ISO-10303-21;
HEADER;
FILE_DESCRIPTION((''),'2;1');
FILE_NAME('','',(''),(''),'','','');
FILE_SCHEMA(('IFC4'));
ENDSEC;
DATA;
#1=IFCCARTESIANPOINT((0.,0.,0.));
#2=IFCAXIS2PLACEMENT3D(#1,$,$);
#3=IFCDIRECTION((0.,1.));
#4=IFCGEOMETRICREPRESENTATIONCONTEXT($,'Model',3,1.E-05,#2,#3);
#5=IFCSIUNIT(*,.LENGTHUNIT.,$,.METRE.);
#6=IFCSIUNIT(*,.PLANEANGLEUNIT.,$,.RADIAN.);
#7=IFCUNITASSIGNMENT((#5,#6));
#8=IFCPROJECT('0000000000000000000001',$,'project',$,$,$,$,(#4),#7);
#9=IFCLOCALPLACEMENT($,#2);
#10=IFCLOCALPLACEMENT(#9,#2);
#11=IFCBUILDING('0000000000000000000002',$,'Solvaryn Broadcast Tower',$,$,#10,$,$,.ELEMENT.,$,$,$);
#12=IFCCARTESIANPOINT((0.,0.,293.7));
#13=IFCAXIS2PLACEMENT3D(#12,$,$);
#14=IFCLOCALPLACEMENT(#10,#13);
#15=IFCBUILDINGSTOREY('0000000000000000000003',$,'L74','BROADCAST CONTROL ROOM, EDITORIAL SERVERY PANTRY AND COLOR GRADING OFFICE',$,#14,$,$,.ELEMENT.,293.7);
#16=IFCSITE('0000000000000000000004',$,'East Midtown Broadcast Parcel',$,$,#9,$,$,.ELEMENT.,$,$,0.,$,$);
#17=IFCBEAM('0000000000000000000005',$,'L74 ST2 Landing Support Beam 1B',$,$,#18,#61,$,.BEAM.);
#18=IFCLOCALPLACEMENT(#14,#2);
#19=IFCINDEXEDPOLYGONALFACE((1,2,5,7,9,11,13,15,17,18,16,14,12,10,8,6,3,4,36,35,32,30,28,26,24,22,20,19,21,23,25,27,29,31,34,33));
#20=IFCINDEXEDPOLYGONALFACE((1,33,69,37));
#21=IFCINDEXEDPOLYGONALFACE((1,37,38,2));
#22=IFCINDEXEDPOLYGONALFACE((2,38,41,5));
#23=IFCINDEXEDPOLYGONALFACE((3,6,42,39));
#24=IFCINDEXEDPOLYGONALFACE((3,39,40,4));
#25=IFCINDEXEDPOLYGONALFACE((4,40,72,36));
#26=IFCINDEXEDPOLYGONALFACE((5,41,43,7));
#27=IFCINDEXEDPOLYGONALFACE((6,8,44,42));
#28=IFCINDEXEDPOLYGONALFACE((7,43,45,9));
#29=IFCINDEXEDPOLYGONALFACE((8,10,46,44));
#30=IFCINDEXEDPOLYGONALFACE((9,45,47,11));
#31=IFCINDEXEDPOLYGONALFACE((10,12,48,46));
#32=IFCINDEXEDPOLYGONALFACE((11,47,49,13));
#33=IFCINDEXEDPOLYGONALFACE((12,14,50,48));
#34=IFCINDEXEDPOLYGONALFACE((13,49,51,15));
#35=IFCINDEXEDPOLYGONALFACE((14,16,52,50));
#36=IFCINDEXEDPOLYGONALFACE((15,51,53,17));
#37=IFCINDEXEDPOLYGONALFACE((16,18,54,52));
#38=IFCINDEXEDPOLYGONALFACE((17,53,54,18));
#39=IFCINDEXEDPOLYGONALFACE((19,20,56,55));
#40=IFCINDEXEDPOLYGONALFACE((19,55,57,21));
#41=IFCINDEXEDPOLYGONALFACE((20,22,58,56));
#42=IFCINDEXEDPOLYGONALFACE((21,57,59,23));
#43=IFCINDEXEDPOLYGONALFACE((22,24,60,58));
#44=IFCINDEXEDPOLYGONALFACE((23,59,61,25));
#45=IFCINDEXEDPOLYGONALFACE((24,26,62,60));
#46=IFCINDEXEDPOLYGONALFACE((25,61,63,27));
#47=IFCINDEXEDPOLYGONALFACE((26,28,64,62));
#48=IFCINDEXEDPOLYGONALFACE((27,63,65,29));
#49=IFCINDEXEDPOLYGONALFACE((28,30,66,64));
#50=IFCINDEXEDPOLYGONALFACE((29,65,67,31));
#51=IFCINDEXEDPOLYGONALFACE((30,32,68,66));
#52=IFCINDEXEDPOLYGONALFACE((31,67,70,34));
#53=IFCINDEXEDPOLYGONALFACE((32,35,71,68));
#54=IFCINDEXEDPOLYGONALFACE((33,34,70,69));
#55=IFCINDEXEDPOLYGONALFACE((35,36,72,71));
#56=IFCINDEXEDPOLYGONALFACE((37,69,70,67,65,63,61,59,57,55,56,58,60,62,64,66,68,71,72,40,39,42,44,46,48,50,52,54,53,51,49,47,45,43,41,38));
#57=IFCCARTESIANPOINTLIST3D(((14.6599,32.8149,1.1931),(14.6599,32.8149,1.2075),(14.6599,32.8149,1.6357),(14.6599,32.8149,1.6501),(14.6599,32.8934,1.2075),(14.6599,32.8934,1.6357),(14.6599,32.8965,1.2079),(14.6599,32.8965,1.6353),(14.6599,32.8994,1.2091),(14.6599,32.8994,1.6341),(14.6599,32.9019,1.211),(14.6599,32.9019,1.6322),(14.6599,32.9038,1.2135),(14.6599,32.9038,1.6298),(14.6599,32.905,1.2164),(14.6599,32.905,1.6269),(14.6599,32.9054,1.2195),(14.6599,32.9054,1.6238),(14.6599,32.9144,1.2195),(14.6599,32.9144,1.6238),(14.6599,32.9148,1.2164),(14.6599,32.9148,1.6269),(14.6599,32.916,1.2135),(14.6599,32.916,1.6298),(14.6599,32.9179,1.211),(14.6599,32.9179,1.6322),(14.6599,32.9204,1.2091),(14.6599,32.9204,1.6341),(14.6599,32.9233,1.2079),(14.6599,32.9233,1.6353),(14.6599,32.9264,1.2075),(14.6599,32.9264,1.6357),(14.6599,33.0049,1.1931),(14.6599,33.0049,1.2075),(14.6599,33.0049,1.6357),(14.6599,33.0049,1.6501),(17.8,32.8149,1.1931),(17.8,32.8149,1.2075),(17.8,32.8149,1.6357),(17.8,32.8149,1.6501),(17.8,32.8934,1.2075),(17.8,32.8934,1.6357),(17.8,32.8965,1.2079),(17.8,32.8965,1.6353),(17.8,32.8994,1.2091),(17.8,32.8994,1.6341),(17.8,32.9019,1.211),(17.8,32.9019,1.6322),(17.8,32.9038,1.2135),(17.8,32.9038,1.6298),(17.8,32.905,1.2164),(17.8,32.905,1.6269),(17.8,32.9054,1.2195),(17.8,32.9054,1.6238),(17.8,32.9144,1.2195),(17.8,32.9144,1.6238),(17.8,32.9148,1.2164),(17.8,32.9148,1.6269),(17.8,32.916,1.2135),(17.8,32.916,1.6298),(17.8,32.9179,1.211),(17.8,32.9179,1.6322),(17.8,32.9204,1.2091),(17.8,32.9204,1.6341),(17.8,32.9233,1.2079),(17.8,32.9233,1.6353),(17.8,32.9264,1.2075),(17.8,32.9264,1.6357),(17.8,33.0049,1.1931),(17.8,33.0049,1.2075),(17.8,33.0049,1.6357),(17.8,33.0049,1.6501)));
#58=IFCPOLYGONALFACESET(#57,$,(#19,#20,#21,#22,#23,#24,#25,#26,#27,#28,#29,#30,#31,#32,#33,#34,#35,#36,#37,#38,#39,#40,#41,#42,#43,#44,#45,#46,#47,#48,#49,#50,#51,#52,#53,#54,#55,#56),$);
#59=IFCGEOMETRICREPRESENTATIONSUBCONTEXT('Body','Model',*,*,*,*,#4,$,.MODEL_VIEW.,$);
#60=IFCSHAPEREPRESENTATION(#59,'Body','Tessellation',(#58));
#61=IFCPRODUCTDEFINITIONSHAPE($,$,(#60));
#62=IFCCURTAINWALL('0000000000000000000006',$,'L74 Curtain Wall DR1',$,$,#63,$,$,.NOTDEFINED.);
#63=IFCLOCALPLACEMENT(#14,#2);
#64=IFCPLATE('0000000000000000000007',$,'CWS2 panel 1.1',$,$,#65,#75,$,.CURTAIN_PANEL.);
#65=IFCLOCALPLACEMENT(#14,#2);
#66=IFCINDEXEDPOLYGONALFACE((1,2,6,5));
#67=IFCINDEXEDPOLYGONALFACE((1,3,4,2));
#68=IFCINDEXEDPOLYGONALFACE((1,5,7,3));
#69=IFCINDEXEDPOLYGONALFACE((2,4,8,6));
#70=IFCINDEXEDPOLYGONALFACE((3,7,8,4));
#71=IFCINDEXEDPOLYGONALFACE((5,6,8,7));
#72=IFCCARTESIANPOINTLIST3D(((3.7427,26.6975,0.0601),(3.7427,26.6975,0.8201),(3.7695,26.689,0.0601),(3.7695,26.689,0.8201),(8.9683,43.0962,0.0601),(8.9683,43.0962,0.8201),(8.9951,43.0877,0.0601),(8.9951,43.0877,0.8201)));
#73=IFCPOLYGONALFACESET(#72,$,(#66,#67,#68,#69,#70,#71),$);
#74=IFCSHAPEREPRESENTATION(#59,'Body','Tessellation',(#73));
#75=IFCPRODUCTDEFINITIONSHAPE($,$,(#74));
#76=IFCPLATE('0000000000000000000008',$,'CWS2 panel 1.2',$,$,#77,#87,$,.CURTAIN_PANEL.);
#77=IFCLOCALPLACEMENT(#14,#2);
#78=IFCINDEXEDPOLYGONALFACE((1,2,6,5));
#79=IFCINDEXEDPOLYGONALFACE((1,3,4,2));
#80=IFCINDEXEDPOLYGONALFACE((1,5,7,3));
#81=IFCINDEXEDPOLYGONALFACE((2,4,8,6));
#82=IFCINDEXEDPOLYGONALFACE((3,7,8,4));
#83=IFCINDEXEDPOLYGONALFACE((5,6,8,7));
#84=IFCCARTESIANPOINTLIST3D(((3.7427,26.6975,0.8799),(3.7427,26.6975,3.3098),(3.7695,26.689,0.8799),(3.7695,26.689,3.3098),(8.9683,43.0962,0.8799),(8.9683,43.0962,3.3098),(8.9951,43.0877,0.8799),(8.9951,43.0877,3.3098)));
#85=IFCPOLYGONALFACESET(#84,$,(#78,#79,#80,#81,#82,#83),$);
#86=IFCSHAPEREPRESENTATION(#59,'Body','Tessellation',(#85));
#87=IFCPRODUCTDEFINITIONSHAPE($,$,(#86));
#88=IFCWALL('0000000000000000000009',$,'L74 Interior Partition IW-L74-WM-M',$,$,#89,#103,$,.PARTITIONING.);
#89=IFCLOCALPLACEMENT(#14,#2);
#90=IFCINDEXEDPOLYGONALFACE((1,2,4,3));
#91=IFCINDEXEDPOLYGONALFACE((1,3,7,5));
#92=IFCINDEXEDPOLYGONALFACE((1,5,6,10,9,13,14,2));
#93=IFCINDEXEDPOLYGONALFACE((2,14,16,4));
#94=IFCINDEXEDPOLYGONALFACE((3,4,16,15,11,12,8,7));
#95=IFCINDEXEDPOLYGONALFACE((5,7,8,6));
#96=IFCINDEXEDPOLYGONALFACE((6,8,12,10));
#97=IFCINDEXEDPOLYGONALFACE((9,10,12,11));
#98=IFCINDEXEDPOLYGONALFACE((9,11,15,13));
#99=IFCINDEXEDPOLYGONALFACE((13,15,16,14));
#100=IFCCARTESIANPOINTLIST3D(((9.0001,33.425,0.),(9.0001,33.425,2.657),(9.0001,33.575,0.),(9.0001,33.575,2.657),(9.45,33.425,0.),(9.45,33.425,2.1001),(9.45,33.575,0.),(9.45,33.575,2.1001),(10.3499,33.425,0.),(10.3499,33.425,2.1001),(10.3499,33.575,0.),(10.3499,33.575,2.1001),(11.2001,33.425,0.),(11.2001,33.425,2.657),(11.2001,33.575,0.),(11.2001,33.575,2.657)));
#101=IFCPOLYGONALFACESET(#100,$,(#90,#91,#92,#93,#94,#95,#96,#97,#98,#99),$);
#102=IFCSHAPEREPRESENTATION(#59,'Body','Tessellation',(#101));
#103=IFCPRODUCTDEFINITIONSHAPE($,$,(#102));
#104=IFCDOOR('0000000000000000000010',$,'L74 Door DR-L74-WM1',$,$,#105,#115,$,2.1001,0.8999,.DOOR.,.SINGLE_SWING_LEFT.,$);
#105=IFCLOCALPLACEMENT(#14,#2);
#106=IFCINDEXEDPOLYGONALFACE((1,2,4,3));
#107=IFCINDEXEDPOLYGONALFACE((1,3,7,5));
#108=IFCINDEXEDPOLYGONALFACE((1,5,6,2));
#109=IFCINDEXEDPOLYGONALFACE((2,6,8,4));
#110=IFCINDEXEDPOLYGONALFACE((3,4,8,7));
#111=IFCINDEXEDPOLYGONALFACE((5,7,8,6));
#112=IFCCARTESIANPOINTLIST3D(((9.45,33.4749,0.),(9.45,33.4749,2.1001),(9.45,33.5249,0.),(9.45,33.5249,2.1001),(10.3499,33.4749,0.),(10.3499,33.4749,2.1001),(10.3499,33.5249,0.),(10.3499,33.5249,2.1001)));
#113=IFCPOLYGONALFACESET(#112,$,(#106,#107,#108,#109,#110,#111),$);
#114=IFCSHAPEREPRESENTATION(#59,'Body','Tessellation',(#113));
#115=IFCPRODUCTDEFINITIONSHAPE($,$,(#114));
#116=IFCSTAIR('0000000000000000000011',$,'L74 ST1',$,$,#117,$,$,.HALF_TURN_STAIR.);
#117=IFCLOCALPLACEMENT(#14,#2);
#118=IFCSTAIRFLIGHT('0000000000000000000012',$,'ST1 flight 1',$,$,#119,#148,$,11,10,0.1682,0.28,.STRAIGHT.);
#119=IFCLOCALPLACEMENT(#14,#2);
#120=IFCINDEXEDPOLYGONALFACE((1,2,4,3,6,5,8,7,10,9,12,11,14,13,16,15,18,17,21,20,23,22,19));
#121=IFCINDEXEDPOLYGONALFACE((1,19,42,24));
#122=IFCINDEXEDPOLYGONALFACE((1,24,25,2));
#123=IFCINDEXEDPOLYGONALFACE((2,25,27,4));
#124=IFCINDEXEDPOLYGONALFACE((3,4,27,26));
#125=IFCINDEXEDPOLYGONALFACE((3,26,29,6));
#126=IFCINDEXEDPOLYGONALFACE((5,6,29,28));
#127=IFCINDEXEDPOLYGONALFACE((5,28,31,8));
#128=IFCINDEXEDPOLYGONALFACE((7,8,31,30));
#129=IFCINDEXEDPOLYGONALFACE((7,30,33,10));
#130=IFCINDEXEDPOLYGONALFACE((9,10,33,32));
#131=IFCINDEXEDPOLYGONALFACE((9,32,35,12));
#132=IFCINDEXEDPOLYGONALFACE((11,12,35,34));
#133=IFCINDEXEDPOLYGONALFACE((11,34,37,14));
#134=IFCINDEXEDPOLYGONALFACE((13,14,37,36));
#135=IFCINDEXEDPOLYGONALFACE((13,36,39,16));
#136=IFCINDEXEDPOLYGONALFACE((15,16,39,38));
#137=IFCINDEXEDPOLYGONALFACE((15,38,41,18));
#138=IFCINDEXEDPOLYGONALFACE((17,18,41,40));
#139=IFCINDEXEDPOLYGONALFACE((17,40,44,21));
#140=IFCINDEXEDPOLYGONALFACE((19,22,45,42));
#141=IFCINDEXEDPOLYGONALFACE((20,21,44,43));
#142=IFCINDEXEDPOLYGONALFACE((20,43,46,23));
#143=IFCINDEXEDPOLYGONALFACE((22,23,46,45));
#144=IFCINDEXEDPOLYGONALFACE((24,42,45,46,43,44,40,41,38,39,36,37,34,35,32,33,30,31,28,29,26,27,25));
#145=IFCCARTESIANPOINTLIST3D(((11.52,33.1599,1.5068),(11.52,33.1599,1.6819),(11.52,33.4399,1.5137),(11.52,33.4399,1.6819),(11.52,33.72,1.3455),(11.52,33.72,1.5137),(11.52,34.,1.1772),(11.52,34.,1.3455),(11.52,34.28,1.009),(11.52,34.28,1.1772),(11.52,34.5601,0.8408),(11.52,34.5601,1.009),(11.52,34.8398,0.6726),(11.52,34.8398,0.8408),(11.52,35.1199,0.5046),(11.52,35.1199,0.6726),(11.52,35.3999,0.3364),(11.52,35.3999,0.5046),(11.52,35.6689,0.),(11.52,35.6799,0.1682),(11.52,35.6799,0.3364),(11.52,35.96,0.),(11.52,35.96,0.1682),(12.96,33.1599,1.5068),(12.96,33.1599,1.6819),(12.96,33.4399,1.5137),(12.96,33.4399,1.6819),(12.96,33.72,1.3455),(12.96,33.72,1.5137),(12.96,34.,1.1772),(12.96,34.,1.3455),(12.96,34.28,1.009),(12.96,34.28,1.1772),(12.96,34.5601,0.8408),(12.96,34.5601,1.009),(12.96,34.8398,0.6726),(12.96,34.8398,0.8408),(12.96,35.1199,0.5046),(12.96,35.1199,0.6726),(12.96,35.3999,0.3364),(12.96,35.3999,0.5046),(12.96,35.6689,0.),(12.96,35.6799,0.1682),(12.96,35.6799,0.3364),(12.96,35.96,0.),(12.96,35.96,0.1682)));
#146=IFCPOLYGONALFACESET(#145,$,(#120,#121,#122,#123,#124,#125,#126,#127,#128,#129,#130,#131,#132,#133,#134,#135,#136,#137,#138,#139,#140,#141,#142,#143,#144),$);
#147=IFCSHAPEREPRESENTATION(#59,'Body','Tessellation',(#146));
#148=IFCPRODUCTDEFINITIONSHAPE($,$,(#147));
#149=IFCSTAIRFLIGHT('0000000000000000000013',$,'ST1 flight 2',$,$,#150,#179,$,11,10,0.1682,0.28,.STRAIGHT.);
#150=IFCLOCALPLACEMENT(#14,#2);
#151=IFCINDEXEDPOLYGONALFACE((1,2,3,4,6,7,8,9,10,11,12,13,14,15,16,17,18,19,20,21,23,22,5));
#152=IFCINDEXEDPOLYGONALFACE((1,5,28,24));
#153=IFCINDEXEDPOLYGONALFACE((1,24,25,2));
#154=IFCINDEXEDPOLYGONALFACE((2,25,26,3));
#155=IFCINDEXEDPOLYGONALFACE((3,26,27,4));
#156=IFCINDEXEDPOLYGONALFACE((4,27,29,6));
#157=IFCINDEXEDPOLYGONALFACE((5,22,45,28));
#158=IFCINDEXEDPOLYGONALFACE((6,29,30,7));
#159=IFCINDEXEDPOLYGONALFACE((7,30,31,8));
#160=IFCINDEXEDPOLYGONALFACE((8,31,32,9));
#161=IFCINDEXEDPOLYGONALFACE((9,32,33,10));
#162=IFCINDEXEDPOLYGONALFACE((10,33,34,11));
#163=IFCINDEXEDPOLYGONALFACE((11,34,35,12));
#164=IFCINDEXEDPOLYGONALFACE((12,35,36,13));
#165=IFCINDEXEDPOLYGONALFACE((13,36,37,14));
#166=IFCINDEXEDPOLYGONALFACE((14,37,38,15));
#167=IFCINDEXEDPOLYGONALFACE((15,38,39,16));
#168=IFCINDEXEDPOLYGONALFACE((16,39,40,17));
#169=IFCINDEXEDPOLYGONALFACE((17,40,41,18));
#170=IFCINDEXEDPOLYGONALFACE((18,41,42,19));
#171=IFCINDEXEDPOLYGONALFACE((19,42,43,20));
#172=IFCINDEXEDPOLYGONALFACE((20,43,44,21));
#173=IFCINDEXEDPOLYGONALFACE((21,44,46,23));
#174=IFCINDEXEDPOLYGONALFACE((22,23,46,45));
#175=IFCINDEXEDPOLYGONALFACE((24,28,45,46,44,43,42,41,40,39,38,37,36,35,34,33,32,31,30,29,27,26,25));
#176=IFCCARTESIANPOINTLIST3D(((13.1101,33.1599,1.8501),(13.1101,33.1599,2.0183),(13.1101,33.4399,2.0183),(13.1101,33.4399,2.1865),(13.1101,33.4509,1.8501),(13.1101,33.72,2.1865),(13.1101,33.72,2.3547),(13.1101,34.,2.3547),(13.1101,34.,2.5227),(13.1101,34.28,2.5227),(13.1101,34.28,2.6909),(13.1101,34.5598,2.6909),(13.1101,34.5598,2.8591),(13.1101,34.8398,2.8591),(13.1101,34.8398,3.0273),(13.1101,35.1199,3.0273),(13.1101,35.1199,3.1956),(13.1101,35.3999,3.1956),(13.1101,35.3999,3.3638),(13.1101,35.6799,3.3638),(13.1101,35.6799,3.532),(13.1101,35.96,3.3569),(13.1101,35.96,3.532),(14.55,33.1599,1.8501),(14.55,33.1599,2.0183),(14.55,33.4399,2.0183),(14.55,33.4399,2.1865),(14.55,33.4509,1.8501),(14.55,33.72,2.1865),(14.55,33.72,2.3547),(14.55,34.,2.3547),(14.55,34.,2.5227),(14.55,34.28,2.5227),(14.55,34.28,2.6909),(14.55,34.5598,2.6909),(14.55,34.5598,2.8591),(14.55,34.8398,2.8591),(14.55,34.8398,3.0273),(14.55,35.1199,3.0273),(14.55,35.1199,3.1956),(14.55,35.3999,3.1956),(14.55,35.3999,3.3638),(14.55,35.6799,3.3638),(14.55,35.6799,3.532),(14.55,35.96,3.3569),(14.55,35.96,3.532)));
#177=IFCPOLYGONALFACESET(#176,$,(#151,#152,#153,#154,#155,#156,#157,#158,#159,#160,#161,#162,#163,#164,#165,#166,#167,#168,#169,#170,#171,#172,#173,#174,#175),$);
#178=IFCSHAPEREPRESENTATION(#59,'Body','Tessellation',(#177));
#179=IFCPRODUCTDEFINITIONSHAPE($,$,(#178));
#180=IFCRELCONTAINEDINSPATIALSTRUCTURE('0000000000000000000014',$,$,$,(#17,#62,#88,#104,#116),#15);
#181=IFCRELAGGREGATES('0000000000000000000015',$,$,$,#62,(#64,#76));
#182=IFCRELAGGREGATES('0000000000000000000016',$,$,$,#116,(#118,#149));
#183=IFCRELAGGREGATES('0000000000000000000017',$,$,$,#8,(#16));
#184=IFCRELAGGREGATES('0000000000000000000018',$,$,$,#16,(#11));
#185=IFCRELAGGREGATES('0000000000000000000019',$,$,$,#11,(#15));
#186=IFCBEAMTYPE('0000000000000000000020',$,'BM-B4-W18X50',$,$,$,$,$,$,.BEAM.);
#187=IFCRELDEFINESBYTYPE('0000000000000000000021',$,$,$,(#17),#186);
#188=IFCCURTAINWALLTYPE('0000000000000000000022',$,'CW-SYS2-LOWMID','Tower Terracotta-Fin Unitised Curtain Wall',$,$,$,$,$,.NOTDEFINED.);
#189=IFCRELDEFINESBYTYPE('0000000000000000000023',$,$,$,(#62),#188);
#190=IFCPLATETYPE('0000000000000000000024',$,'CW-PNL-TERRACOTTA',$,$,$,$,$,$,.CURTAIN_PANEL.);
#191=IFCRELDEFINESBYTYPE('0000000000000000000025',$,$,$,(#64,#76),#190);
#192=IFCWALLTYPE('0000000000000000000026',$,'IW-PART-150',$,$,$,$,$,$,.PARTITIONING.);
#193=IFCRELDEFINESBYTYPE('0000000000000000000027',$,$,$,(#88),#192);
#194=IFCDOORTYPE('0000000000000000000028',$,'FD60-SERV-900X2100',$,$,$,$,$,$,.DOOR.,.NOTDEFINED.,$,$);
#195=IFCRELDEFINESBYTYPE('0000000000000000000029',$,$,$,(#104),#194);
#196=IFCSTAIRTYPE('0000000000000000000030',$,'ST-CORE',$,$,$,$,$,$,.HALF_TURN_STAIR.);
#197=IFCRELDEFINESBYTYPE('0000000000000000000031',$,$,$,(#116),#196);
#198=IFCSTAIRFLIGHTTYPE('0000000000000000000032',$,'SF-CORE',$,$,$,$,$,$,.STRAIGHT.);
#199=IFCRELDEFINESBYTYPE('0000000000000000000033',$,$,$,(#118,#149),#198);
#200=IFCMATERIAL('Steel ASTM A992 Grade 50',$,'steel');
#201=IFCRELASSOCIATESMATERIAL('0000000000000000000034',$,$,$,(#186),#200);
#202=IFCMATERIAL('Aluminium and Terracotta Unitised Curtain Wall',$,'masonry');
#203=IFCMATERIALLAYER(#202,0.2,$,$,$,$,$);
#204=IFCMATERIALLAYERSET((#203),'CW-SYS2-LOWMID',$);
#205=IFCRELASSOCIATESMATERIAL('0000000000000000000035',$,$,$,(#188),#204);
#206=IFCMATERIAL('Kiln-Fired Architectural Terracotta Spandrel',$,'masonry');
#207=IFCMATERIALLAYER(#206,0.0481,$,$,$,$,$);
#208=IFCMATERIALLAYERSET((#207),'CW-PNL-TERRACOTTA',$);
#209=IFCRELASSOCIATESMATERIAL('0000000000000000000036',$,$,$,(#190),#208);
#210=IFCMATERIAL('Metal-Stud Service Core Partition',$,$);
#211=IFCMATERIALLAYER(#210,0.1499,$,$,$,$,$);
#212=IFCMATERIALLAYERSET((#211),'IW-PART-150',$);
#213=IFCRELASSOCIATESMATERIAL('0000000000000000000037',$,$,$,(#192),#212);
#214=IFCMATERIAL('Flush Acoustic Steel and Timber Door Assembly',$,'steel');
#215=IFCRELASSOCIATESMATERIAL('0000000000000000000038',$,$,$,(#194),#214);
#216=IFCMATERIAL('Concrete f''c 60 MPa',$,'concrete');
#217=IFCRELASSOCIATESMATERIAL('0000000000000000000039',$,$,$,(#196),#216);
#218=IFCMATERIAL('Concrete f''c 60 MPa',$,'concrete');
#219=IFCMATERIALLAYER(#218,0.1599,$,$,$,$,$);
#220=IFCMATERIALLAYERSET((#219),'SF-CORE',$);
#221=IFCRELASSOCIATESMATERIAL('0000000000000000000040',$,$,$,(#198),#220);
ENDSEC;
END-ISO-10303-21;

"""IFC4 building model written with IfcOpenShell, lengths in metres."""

from ifc_helpers import new_model, si_unit, direction, frame, frame_2d, origin, origin_2d, place, context, subcontext, project, spatial, polyline, rectangle, i_section, outline, extrude, material, layer, layer_set, material_profile, profile_set, type_object, element, fill, aggregate, save


model = new_model("IFC4")

# Units and contexts
model_context = context("Model", 3, precision=1e-05, world=origin(), true_north=direction((0.0, 1.0)))
body_context = subcontext(model_context, "Body", "Model", "MODEL_VIEW")
ifc_project = project(units=[si_unit("LENGTHUNIT", "METRE"), si_unit("PLANEANGLEUNIT", "RADIAN")], contexts=[model_context])

# Site, building, storey
site_placement = place(None, origin())
site = spatial("IfcSite", under=ifc_project, at=site_placement, Name="East Midtown Broadcast Parcel", CompositionType="ELEMENT", RefElevation=0.0)
building_placement = place(site_placement, origin())
building = spatial("IfcBuilding", under=site, at=building_placement, Name="Solvaryn Broadcast Tower", CompositionType="ELEMENT")
storey_placement = place(building_placement, frame((0.0, 0.0, 293.7)))
storey = spatial("IfcBuildingStorey", under=building, at=storey_placement, Name="L74", Description="BROADCAST CONTROL ROOM, EDITORIAL SERVERY PANTRY AND COLOR GRADING OFFICE", CompositionType="ELEMENT", Elevation=293.7)

# Beam
ifc_material_1 = material(Name="Steel ASTM A992 Grade 50", Category="steel")
ifc_material_profile_1 = material_profile(ifc_material_1, i_section(OverallWidth=0.1899, OverallDepth=0.457, WebThickness=0.009, FlangeThickness=0.0144, FilletRadius=0.012, at=origin_2d()))
ifc_profile_set_1 = profile_set([ifc_material_profile_1], Name="Steel ASTM A992 Grade 50")
beam_type_1 = type_object("IfcBeamType", Name="BM-B4-W18X50", PredefinedType="BEAM", material=ifc_profile_set_1)
beam_1_placement = place(storey_placement, frame((14.6599, 32.9099, 1.4216), z_axis=(1.0, 0.0, 0.0), x_axis=(0.0, 1.0, 0.0)))
element("IfcBeam", 1, at=beam_1_placement, inside=storey, type_object=beam_type_1, Name="L74 ST2 Landing Support Beam 1B", PredefinedType="BEAM", context=body_context, shape_type="SweptSolid", body=[
    extrude(i_section(OverallWidth=0.1899, OverallDepth=0.457, WebThickness=0.009, FlangeThickness=0.0144, FilletRadius=0.012, at=origin_2d()), origin(), (0.0, 0.0, 1.0), 3.1401),
])

# Curtain wall, plates
ifc_material_2 = material(Name="Aluminium and Terracotta Unitised Curtain Wall", Category="masonry")
ifc_layer_1 = layer(ifc_material_2, 0.2)
ifc_layer_set_1 = layer_set([ifc_layer_1], Name="CW-SYS2-LOWMID")
curtain_wall_type = type_object("IfcCurtainWallType", Name="CW-SYS2-LOWMID", Description="Tower Terracotta-Fin Unitised Curtain Wall", PredefinedType="NOTDEFINED", material=ifc_layer_set_1)
curtain_wall_placement = place(storey_placement, origin())
curtain_wall = element("IfcCurtainWall", 2, at=curtain_wall_placement, inside=storey, type_object=curtain_wall_type, Name="L74 Curtain Wall DR1", PredefinedType="NOTDEFINED")
ifc_material_3 = material(Name="Kiln-Fired Architectural Terracotta Spandrel", Category="masonry")
ifc_layer_2 = layer(ifc_material_3, 0.0481)
ifc_layer_set_2 = layer_set([ifc_layer_2], Name="CW-PNL-TERRACOTTA")
plate_type = type_object("IfcPlateType", Name="CW-PNL-TERRACOTTA", PredefinedType="CURTAIN_PANEL", material=ifc_layer_set_2)
plate_1_placement = place(storey_placement, frame((6.3689, 34.8926, 0.0601), z_axis=(0.0, 0.0, 1.0), x_axis=(-0.303616, -0.952795, 0.0)))
plate_1 = element("IfcPlate", 3, at=plate_1_placement, type_object=plate_type, Name="CWS2 panel 1.1", PredefinedType="CURTAIN_PANEL", context=body_context, shape_type="SweptSolid", body=[
    extrude(rectangle(XDim=17.2112, YDim=0.0281, at=origin_2d()), origin(), (0.0, 0.0, 1.0), 0.76),
])
plate_2_placement = place(storey_placement, frame((6.3689, 34.8926, 0.8799), z_axis=(0.0, 0.0, 1.0), x_axis=(-0.303616, -0.952795, 0.0)))
plate_2 = element("IfcPlate", 4, at=plate_2_placement, type_object=plate_type, Name="CWS2 panel 1.2", PredefinedType="CURTAIN_PANEL", context=body_context, shape_type="SweptSolid", body=[
    extrude(rectangle(XDim=17.2112, YDim=0.0281, at=origin_2d()), origin(), (0.0, 0.0, 1.0), 2.4299),
])
aggregate(curtain_wall, [plate_1, plate_2])

# Wall, opening, door
ifc_material_4 = material(Name="Metal-Stud Service Core Partition")
ifc_layer_3 = layer(ifc_material_4, 0.1499)
ifc_layer_set_3 = layer_set([ifc_layer_3], Name="IW-PART-150")
wall_type = type_object("IfcWallType", Name="IW-PART-150", PredefinedType="PARTITIONING", material=ifc_layer_set_3)
wall_placement = place(storey_placement, frame((9.0, 33.5, 0.0), z_axis=(0.0, 0.0, 1.0), x_axis=(1.0, 0.0, 0.0)))
wall = element("IfcWall", 5, at=wall_placement, inside=storey, type_object=wall_type, Name="L74 Interior Partition IW-L74-WM-M", PredefinedType="PARTITIONING", context=body_context, shape_type="SweptSolid", body=[
    extrude(rectangle(XDim=2.2, YDim=0.1499, at=frame_2d((1.1001, 0.0))), origin(), (0.0, 0.0, 1.0), 2.657),
])
opening_placement = place(wall_placement, frame((0.45, 0.0, 0.0)))
opening = element("IfcOpeningElement", 6, at=opening_placement, cuts=wall, PredefinedType="OPENING", context=body_context, shape_type="SweptSolid", body=[
    extrude(rectangle(XDim=0.8999, YDim=2.1001, at=frame_2d((0.45, 1.05))), frame((0.0, 0.085, 0.0), z_axis=(0.0, -1.0, 0.0), x_axis=(1.0, 0.0, 0.0)), (0.0, 0.0, 1.0), 0.1699),
])
ifc_material_5 = material(Name="Flush Acoustic Steel and Timber Door Assembly", Category="steel")
door_type = type_object("IfcDoorType", Name="FD60-SERV-900X2100", OperationType="NOTDEFINED", PredefinedType="DOOR", material=ifc_material_5)
door_placement = place(opening_placement, origin())
door = element("IfcDoor", 7, at=door_placement, inside=storey, type_object=door_type, Name="L74 Door DR-L74-WM1", OperationType="SINGLE_SWING_LEFT", OverallHeight=2.1001, OverallWidth=0.8999, PredefinedType="DOOR", context=body_context, shape_type="SweptSolid", body=[
    extrude(rectangle(XDim=0.8999, YDim=2.1001, at=frame_2d((0.45, 1.05))), frame((0.0, 0.0249, 0.0), z_axis=(0.0, -1.0, 0.0), x_axis=(1.0, 0.0, 0.0)), (0.0, 0.0, 1.0), 0.05),
])
fill(opening, door)

# Stair, stair flights
ifc_material_6 = material(Name="Concrete f'c 60 MPa", Category="concrete")
stair_type = type_object("IfcStairType", Name="ST-CORE", PredefinedType="HALF_TURN_STAIR", material=ifc_material_6)
stair_placement = place(storey_placement, origin())
stair = element("IfcStair", 8, at=stair_placement, inside=storey, type_object=stair_type, Name="L74 ST1", PredefinedType="HALF_TURN_STAIR")
ifc_material_7 = material(Name="Concrete f'c 60 MPa", Category="concrete")
ifc_layer_4 = layer(ifc_material_7, 0.1599)
ifc_layer_set_4 = layer_set([ifc_layer_4], Name="SF-CORE")
stair_flight_type = type_object("IfcStairFlightType", Name="SF-CORE", PredefinedType="STRAIGHT", material=ifc_layer_set_4)
stair_flight_1_placement = place(storey_placement, frame((12.24, 35.96, 0.0), z_axis=(0.0, 0.0, 1.0), x_axis=(0.0, -1.0, 0.0)))
stair_flight_1 = element("IfcStairFlight", 9, at=stair_flight_1_placement, type_object=stair_flight_type, Name="ST1 flight 1", NumberOfRisers=11, NumberOfTreads=10, PredefinedType="STRAIGHT", RiserHeight=0.1682, TreadLength=0.28, context=body_context, shape_type="SweptSolid", body=[
    extrude(outline(polyline([(0.0, 0.0), (0.0, 0.1682), (0.28, 0.1682), (0.28, 0.3364), (0.5601, 0.3364), (0.5601, 0.5046), (0.8401, 0.5046), (0.8401, 0.6726), (1.1201, 0.6726), (1.1201, 0.8408), (1.3999, 0.8408), (1.3999, 1.009), (1.6799, 1.009), (1.6799, 1.1772), (1.96, 1.1772), (1.96, 1.3455), (2.24, 1.3455), (2.24, 1.5137), (2.52, 1.5137), (2.52, 1.6819), (2.8, 1.6819), (2.8, 1.8501), (2.8, 1.5068), (0.291, 0.0), (0.0, 0.0)])), frame((0.0, 0.72, 0.0), z_axis=(0.0, -1.0, 0.0), x_axis=(1.0, 0.0, 0.0)), (0.0, 0.0, 1.0), 1.4399),
])
stair_flight_2_placement = place(storey_placement, frame((13.8301, 33.1599, 1.8501), z_axis=(0.0, 0.0, 1.0), x_axis=(0.0, 1.0, 0.0)))
stair_flight_2 = element("IfcStairFlight", 10, at=stair_flight_2_placement, type_object=stair_flight_type, Name="ST1 flight 2", NumberOfRisers=11, NumberOfTreads=10, PredefinedType="STRAIGHT", RiserHeight=0.1682, TreadLength=0.28, context=body_context, shape_type="SweptSolid", body=[
    extrude(outline(polyline([(0.0, 0.0), (0.0, 0.1682), (0.28, 0.1682), (0.28, 0.3364), (0.5601, 0.3364), (0.5601, 0.5046), (0.8401, 0.5046), (0.8401, 0.6726), (1.1201, 0.6726), (1.1201, 0.8408), (1.3999, 0.8408), (1.3999, 1.009), (1.6799, 1.009), (1.6799, 1.1772), (1.96, 1.1772), (1.96, 1.3455), (2.24, 1.3455), (2.24, 1.5137), (2.52, 1.5137), (2.52, 1.6819), (2.8, 1.6819), (2.8, 1.8501), (2.8, 1.5068), (0.291, 0.0), (0.0, 0.0)])), frame((0.0, 0.72, 0.0), z_axis=(0.0, -1.0, 0.0), x_axis=(1.0, 0.0, 0.0)), (0.0, 0.0, 1.0), 1.4399),
])
aggregate(stair, [stair_flight_1, stair_flight_2])

save(model, "model.ifc")
